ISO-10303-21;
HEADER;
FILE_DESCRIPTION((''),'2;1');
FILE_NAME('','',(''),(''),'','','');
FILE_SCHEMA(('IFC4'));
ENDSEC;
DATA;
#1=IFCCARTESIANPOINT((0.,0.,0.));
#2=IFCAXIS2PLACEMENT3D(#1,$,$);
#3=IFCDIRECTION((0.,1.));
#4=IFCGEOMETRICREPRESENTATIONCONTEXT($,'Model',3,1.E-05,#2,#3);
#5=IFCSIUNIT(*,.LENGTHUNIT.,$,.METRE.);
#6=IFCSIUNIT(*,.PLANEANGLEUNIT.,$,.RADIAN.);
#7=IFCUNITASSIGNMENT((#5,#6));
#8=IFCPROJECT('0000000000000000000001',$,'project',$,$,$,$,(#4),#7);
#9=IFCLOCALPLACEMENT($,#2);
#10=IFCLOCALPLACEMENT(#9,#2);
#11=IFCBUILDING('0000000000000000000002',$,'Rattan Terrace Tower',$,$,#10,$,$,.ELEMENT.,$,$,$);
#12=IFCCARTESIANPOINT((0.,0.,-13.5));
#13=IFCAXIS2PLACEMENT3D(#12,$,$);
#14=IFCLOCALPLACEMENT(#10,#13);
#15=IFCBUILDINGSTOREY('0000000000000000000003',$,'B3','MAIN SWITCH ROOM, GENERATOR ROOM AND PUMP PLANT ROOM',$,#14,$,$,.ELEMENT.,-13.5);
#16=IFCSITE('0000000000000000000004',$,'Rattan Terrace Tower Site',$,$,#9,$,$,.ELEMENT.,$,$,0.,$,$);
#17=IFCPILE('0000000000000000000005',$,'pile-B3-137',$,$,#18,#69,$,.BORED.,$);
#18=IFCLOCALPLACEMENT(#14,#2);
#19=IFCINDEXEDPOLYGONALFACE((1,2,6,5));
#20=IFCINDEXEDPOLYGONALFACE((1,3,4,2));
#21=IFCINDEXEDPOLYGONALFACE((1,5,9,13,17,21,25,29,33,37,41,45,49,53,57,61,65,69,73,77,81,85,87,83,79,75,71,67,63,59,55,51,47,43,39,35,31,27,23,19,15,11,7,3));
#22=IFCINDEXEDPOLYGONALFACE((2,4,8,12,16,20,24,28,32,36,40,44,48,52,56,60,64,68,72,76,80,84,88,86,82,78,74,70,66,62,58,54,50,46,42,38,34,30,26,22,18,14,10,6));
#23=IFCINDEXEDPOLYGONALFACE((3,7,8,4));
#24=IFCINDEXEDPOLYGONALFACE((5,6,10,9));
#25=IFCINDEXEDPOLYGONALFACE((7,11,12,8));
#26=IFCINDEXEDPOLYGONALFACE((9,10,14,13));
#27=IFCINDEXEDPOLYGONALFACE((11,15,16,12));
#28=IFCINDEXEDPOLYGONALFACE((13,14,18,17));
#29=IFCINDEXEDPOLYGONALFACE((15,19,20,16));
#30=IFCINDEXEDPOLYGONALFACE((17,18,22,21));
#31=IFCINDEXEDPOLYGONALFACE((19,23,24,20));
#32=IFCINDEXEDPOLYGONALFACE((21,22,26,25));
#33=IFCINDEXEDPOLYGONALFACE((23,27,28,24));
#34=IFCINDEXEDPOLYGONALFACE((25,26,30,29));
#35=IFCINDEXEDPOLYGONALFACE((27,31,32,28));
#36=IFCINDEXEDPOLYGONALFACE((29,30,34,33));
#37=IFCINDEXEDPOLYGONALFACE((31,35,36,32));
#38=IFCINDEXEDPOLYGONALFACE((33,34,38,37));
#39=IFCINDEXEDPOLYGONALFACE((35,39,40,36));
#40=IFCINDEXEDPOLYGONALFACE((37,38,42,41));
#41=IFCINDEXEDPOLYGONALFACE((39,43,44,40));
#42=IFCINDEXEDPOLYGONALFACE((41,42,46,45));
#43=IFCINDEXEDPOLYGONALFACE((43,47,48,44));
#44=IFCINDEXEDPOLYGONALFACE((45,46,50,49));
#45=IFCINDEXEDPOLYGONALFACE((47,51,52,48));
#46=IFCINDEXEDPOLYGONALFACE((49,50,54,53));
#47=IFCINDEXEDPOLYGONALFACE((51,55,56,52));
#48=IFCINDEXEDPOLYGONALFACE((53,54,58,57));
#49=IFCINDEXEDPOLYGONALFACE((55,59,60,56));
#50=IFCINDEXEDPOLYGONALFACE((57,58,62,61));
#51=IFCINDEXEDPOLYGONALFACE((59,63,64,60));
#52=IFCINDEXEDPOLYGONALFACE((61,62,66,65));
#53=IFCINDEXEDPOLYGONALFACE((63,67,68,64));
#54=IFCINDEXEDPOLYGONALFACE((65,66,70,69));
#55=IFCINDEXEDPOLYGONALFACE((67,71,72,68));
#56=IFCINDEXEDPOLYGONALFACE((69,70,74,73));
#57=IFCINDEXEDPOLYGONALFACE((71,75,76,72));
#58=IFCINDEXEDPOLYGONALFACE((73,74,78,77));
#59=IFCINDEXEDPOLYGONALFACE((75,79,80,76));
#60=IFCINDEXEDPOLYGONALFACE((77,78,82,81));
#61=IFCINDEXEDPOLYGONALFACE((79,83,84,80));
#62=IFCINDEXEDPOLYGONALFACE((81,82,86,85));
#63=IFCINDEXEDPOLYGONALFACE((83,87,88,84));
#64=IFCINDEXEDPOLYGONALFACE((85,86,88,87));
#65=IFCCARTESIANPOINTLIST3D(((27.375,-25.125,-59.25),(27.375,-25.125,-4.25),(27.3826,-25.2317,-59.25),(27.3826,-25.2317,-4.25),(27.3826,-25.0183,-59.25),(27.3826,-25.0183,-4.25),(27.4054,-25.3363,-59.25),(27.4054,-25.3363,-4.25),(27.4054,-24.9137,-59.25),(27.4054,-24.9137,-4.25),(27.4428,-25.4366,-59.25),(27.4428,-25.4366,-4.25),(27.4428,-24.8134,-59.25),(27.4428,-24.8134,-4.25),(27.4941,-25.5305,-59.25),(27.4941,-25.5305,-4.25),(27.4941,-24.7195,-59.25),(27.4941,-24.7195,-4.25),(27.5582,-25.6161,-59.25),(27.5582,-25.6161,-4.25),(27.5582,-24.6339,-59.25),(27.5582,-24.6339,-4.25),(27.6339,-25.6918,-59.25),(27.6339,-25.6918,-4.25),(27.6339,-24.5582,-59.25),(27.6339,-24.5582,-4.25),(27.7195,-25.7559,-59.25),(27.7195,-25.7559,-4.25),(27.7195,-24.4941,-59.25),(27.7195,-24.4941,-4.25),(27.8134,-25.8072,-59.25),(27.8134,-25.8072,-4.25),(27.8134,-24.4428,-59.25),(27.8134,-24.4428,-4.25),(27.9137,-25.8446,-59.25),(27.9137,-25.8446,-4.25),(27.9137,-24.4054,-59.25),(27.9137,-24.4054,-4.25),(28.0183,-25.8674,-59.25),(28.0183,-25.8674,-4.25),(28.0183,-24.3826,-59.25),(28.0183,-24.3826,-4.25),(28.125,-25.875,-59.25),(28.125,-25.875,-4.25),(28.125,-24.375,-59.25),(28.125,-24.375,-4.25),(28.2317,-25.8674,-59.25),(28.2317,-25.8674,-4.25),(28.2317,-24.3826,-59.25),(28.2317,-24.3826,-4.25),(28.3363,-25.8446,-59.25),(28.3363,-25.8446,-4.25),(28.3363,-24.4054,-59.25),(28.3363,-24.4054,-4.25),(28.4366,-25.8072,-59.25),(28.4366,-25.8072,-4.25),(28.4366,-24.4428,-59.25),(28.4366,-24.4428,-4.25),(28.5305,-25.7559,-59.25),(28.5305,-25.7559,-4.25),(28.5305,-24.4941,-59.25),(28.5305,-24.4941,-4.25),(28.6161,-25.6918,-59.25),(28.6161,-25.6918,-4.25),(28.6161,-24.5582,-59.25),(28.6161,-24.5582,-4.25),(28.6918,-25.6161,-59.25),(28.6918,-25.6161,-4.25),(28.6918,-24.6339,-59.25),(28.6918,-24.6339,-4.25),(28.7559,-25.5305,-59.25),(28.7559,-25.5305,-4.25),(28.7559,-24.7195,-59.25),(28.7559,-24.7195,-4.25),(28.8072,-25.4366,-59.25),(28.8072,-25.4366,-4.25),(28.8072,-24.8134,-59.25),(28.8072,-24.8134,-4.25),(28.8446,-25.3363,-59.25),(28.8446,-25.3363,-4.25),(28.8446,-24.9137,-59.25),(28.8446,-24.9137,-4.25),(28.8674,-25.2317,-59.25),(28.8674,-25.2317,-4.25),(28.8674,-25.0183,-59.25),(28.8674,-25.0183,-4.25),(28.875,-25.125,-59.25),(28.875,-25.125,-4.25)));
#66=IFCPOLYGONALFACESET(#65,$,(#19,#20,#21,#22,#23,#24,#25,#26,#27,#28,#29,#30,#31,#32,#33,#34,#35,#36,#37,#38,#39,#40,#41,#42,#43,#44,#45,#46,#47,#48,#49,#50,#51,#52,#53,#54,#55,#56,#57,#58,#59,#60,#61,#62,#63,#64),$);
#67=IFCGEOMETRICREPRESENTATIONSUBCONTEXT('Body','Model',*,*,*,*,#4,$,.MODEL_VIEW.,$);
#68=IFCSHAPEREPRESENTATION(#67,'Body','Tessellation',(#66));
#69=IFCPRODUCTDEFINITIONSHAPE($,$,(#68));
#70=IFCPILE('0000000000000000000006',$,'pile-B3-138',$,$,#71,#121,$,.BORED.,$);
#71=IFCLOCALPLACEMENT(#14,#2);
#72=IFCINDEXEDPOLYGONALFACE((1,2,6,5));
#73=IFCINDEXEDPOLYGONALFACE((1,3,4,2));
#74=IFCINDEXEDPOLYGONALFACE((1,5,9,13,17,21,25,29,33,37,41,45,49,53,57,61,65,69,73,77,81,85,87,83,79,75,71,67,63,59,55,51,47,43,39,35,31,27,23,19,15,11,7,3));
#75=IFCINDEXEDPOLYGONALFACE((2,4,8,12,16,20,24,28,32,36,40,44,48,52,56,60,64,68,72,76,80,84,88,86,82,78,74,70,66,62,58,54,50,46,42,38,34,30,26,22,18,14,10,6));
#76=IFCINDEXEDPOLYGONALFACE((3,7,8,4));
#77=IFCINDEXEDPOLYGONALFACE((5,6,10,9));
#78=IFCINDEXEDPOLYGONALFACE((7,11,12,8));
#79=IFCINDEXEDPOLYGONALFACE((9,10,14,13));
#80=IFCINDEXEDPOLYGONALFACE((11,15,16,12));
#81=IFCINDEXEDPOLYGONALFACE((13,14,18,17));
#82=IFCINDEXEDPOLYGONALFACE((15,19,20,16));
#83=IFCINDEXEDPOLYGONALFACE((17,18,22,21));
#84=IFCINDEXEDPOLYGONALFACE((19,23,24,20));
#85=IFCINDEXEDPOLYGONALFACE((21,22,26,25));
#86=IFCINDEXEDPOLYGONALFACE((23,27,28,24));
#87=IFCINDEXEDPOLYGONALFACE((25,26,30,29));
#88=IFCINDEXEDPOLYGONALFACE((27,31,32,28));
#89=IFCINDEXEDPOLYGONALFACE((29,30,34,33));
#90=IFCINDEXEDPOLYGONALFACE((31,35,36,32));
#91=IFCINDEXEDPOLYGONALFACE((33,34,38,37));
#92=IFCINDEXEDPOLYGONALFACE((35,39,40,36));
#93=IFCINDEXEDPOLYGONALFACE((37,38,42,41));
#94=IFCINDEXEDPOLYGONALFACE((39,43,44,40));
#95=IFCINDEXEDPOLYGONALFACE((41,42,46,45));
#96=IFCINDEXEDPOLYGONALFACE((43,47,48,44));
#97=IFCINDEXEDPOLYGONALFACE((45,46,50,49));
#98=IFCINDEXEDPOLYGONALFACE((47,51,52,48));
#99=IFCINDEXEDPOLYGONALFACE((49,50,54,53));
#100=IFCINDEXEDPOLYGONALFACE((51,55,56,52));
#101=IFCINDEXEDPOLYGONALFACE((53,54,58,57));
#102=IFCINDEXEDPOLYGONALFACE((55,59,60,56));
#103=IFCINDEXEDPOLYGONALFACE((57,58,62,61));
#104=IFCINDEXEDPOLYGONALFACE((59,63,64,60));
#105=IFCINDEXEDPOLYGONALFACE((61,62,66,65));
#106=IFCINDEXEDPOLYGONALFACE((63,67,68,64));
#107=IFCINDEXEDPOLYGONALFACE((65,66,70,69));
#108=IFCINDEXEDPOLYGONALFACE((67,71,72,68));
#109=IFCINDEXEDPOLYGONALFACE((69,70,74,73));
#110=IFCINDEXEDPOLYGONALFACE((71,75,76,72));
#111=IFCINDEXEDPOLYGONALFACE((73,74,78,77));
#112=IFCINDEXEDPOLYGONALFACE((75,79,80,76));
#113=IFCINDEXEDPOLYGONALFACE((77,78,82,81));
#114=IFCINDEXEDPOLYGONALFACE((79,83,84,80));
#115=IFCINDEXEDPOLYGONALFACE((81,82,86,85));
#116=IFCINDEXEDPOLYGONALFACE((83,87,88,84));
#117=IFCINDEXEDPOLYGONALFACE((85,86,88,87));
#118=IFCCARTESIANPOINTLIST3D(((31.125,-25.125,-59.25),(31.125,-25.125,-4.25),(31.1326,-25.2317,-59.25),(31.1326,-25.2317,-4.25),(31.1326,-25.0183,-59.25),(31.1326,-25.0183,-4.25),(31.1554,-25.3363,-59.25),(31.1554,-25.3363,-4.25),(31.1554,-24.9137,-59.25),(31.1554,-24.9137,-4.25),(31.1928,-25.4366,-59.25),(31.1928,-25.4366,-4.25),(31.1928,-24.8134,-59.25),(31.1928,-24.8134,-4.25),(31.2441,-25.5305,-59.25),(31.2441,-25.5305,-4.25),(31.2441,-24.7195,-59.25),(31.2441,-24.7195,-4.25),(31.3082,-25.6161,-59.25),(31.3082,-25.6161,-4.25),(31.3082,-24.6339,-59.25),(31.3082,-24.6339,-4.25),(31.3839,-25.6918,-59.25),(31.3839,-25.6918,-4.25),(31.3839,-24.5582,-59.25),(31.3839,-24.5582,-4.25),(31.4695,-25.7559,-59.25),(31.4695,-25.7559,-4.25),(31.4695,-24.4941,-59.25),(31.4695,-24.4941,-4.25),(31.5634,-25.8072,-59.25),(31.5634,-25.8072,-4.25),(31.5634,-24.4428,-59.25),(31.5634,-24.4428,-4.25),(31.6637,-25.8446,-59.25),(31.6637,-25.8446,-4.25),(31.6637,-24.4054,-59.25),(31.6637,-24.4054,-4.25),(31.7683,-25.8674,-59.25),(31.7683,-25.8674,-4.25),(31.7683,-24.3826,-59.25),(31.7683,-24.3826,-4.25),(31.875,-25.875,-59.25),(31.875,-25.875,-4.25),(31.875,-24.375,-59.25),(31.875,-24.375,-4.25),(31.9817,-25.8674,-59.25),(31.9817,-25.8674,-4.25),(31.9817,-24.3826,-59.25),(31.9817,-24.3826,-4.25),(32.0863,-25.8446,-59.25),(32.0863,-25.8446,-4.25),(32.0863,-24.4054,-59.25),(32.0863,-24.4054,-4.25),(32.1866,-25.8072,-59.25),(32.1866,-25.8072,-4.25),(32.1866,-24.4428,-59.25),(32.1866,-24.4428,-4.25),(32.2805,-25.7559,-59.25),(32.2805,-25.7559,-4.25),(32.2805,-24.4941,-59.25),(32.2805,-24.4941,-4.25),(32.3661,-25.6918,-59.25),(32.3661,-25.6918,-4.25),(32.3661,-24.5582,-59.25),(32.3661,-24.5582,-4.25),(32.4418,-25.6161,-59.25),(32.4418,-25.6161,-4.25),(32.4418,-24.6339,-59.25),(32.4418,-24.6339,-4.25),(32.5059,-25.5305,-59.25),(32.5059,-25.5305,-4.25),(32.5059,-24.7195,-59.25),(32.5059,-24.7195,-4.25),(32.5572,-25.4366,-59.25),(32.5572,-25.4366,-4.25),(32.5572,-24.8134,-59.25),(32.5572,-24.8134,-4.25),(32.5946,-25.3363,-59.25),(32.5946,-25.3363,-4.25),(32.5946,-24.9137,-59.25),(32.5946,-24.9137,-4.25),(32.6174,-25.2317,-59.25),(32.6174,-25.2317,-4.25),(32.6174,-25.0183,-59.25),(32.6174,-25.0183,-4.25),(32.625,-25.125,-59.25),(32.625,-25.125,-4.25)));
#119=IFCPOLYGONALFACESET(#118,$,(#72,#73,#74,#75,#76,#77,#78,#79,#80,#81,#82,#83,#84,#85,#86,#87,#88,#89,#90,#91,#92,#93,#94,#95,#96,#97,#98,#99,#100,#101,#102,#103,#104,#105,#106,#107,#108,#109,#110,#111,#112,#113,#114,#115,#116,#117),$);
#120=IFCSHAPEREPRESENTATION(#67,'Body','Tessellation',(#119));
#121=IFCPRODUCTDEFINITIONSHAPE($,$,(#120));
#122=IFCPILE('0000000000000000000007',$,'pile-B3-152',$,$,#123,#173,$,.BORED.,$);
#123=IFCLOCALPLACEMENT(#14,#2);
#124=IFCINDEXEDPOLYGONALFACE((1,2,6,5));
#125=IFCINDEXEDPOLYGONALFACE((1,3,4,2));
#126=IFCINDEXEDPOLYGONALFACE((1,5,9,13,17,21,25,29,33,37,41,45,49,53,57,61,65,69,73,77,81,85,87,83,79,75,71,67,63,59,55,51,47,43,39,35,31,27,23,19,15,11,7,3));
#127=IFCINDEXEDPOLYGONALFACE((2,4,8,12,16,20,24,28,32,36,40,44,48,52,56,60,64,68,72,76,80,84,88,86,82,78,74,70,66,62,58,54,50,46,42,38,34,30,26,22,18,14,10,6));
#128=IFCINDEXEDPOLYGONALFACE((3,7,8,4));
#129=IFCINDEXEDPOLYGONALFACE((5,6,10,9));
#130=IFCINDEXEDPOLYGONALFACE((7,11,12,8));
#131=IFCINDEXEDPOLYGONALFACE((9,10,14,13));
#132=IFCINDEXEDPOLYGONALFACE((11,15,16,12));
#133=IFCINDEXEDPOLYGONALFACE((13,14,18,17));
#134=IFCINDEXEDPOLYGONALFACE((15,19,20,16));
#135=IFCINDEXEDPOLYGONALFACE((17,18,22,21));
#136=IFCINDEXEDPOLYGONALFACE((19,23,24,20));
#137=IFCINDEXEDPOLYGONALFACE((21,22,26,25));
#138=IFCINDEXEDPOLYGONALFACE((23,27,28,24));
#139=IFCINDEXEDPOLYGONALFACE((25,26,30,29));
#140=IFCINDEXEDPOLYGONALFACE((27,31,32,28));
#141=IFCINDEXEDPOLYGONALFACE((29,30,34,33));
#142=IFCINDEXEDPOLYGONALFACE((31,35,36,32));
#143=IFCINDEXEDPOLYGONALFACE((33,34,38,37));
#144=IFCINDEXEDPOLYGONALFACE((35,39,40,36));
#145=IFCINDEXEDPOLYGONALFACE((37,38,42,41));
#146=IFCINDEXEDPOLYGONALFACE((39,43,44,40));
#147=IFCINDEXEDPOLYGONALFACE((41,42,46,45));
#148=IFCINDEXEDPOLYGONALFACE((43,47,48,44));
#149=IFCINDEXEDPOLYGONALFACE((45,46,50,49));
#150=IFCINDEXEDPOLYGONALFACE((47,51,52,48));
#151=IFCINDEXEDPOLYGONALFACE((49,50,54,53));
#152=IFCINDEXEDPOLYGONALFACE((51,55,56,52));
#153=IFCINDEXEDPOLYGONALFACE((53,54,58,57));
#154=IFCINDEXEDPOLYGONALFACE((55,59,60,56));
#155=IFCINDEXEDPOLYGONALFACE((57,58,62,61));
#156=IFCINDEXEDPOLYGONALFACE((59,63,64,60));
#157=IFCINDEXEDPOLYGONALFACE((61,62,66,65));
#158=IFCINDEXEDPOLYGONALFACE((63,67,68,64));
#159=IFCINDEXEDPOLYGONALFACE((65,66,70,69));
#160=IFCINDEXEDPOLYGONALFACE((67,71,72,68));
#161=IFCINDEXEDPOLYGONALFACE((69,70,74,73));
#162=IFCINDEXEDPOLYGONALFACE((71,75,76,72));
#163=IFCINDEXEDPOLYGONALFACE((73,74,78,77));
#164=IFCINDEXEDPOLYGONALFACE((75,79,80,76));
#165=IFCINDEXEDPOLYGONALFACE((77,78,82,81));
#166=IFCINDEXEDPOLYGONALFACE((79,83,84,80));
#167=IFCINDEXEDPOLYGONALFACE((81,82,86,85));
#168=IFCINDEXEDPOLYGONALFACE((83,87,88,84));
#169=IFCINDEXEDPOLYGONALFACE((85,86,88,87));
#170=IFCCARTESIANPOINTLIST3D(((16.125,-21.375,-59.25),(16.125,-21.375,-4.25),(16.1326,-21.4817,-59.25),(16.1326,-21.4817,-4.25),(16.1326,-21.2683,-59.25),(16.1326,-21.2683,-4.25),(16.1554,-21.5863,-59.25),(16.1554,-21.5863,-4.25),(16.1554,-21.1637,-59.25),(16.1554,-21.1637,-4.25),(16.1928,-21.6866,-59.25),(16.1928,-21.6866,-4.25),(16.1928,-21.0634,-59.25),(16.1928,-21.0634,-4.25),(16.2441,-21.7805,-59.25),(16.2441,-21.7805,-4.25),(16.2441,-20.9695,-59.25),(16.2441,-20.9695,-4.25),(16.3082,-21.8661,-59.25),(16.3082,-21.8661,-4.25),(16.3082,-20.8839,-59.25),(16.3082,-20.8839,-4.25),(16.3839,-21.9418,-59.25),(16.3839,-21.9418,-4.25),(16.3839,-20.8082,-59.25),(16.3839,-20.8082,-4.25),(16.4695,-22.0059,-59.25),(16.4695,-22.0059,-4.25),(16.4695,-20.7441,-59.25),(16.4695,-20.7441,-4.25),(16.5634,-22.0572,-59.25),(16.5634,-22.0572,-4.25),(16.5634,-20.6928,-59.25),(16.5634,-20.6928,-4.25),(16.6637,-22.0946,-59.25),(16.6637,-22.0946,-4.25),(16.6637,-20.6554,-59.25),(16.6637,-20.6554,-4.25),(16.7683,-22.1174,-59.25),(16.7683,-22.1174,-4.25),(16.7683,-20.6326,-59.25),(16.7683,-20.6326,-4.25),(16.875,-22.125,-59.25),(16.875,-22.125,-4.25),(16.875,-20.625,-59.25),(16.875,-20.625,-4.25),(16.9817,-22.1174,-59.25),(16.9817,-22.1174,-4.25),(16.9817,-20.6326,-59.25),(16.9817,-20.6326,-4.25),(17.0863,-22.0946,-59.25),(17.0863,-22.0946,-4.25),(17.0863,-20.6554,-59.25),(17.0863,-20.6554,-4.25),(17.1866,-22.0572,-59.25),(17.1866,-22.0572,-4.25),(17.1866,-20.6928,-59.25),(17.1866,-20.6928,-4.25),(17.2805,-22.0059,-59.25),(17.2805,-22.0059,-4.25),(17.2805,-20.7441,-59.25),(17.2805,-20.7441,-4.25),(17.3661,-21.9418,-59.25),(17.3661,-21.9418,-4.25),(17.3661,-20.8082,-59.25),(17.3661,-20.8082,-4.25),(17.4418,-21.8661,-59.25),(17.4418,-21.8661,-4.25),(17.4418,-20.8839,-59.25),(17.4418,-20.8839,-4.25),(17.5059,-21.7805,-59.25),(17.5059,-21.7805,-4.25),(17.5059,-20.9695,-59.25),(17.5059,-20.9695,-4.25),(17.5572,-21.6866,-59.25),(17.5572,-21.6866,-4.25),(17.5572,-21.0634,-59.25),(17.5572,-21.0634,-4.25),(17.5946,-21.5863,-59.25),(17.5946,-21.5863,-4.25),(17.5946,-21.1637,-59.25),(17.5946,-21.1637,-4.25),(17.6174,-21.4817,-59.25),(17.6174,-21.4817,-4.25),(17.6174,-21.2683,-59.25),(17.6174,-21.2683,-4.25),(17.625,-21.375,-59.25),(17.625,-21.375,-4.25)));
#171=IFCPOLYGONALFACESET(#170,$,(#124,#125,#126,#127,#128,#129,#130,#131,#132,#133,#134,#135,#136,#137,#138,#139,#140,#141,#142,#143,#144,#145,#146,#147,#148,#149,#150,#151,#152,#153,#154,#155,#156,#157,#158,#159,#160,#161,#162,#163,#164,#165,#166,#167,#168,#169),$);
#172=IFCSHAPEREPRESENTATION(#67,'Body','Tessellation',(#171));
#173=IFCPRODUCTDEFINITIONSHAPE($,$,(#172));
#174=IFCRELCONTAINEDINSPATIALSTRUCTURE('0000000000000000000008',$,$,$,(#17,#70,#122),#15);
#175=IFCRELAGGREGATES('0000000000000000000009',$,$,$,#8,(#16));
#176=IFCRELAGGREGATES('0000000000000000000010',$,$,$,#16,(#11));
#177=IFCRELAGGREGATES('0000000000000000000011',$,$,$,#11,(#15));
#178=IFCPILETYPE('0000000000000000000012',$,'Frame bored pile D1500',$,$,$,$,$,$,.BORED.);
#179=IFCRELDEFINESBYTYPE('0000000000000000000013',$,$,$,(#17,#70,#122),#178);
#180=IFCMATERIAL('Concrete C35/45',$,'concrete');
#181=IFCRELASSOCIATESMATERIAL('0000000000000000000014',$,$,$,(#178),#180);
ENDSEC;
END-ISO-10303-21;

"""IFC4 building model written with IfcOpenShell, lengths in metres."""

from ifc_helpers import new_model, si_unit, direction, frame, origin, origin_2d, place, context, subcontext, project, spatial, circle, extrude, material, material_profile, profile_set, type_object, element, save


model = new_model("IFC4")

# Units and contexts
model_context = context("Model", 3, precision=1e-05, world=origin(), true_north=direction((0.0, 1.0)))
body_context = subcontext(model_context, "Body", "Model", "MODEL_VIEW")
ifc_project = project(units=[si_unit("LENGTHUNIT", "METRE"), si_unit("PLANEANGLEUNIT", "RADIAN")], contexts=[model_context])

# Site, building, storey
site_placement = place(None, origin())
site = spatial("IfcSite", under=ifc_project, at=site_placement, Name="Rattan Terrace Tower Site", CompositionType="ELEMENT", RefElevation=0.0)
building_placement = place(site_placement, origin())
building = spatial("IfcBuilding", under=site, at=building_placement, Name="Rattan Terrace Tower", CompositionType="ELEMENT")
storey_placement = place(building_placement, frame((0.0, 0.0, -13.5)))
storey = spatial("IfcBuildingStorey", under=building, at=storey_placement, Name="B3", Description="MAIN SWITCH ROOM, GENERATOR ROOM AND PUMP PLANT ROOM", CompositionType="ELEMENT", Elevation=-13.5)

# Piles
ifc_material_1 = material(Name="Concrete C35/45", Category="concrete")
ifc_material_profile_1 = material_profile(ifc_material_1, circle(Radius=0.75, at=origin_2d()), Name="PILE D1500")
ifc_profile_set_1 = profile_set([ifc_material_profile_1], Name="Concrete C35/45")
pile_type = type_object("IfcPileType", Name="Frame bored pile D1500", PredefinedType="BORED", material=ifc_profile_set_1)
for number, where, z_axis, x_axis, name in (
    (1, (28.125, -25.125, -4.25), (0.0, 0.0, -1.0), (1.0, 0.0, 0.0), "pile-B3-137"),
    (2, (31.875, -25.125, -4.25), (0.0, 0.0, -1.0), (1.0, 0.0, 0.0), "pile-B3-138"),
    (3, (16.875, -21.375, -4.25), (0.0, 0.0, -1.0), (1.0, 0.0, 0.0), "pile-B3-152"),
):
    element("IfcPile", number, at=place(storey_placement, frame(where, z_axis=z_axis, x_axis=x_axis)), inside=storey, type_object=pile_type, Name=name, PredefinedType="BORED", context=body_context, shape_type="SweptSolid", body=[
        extrude(circle(Radius=0.75, at=origin_2d()), origin(), (0.0, 0.0, 1.0), 55.0),
    ])

save(model, "model.ifc")
